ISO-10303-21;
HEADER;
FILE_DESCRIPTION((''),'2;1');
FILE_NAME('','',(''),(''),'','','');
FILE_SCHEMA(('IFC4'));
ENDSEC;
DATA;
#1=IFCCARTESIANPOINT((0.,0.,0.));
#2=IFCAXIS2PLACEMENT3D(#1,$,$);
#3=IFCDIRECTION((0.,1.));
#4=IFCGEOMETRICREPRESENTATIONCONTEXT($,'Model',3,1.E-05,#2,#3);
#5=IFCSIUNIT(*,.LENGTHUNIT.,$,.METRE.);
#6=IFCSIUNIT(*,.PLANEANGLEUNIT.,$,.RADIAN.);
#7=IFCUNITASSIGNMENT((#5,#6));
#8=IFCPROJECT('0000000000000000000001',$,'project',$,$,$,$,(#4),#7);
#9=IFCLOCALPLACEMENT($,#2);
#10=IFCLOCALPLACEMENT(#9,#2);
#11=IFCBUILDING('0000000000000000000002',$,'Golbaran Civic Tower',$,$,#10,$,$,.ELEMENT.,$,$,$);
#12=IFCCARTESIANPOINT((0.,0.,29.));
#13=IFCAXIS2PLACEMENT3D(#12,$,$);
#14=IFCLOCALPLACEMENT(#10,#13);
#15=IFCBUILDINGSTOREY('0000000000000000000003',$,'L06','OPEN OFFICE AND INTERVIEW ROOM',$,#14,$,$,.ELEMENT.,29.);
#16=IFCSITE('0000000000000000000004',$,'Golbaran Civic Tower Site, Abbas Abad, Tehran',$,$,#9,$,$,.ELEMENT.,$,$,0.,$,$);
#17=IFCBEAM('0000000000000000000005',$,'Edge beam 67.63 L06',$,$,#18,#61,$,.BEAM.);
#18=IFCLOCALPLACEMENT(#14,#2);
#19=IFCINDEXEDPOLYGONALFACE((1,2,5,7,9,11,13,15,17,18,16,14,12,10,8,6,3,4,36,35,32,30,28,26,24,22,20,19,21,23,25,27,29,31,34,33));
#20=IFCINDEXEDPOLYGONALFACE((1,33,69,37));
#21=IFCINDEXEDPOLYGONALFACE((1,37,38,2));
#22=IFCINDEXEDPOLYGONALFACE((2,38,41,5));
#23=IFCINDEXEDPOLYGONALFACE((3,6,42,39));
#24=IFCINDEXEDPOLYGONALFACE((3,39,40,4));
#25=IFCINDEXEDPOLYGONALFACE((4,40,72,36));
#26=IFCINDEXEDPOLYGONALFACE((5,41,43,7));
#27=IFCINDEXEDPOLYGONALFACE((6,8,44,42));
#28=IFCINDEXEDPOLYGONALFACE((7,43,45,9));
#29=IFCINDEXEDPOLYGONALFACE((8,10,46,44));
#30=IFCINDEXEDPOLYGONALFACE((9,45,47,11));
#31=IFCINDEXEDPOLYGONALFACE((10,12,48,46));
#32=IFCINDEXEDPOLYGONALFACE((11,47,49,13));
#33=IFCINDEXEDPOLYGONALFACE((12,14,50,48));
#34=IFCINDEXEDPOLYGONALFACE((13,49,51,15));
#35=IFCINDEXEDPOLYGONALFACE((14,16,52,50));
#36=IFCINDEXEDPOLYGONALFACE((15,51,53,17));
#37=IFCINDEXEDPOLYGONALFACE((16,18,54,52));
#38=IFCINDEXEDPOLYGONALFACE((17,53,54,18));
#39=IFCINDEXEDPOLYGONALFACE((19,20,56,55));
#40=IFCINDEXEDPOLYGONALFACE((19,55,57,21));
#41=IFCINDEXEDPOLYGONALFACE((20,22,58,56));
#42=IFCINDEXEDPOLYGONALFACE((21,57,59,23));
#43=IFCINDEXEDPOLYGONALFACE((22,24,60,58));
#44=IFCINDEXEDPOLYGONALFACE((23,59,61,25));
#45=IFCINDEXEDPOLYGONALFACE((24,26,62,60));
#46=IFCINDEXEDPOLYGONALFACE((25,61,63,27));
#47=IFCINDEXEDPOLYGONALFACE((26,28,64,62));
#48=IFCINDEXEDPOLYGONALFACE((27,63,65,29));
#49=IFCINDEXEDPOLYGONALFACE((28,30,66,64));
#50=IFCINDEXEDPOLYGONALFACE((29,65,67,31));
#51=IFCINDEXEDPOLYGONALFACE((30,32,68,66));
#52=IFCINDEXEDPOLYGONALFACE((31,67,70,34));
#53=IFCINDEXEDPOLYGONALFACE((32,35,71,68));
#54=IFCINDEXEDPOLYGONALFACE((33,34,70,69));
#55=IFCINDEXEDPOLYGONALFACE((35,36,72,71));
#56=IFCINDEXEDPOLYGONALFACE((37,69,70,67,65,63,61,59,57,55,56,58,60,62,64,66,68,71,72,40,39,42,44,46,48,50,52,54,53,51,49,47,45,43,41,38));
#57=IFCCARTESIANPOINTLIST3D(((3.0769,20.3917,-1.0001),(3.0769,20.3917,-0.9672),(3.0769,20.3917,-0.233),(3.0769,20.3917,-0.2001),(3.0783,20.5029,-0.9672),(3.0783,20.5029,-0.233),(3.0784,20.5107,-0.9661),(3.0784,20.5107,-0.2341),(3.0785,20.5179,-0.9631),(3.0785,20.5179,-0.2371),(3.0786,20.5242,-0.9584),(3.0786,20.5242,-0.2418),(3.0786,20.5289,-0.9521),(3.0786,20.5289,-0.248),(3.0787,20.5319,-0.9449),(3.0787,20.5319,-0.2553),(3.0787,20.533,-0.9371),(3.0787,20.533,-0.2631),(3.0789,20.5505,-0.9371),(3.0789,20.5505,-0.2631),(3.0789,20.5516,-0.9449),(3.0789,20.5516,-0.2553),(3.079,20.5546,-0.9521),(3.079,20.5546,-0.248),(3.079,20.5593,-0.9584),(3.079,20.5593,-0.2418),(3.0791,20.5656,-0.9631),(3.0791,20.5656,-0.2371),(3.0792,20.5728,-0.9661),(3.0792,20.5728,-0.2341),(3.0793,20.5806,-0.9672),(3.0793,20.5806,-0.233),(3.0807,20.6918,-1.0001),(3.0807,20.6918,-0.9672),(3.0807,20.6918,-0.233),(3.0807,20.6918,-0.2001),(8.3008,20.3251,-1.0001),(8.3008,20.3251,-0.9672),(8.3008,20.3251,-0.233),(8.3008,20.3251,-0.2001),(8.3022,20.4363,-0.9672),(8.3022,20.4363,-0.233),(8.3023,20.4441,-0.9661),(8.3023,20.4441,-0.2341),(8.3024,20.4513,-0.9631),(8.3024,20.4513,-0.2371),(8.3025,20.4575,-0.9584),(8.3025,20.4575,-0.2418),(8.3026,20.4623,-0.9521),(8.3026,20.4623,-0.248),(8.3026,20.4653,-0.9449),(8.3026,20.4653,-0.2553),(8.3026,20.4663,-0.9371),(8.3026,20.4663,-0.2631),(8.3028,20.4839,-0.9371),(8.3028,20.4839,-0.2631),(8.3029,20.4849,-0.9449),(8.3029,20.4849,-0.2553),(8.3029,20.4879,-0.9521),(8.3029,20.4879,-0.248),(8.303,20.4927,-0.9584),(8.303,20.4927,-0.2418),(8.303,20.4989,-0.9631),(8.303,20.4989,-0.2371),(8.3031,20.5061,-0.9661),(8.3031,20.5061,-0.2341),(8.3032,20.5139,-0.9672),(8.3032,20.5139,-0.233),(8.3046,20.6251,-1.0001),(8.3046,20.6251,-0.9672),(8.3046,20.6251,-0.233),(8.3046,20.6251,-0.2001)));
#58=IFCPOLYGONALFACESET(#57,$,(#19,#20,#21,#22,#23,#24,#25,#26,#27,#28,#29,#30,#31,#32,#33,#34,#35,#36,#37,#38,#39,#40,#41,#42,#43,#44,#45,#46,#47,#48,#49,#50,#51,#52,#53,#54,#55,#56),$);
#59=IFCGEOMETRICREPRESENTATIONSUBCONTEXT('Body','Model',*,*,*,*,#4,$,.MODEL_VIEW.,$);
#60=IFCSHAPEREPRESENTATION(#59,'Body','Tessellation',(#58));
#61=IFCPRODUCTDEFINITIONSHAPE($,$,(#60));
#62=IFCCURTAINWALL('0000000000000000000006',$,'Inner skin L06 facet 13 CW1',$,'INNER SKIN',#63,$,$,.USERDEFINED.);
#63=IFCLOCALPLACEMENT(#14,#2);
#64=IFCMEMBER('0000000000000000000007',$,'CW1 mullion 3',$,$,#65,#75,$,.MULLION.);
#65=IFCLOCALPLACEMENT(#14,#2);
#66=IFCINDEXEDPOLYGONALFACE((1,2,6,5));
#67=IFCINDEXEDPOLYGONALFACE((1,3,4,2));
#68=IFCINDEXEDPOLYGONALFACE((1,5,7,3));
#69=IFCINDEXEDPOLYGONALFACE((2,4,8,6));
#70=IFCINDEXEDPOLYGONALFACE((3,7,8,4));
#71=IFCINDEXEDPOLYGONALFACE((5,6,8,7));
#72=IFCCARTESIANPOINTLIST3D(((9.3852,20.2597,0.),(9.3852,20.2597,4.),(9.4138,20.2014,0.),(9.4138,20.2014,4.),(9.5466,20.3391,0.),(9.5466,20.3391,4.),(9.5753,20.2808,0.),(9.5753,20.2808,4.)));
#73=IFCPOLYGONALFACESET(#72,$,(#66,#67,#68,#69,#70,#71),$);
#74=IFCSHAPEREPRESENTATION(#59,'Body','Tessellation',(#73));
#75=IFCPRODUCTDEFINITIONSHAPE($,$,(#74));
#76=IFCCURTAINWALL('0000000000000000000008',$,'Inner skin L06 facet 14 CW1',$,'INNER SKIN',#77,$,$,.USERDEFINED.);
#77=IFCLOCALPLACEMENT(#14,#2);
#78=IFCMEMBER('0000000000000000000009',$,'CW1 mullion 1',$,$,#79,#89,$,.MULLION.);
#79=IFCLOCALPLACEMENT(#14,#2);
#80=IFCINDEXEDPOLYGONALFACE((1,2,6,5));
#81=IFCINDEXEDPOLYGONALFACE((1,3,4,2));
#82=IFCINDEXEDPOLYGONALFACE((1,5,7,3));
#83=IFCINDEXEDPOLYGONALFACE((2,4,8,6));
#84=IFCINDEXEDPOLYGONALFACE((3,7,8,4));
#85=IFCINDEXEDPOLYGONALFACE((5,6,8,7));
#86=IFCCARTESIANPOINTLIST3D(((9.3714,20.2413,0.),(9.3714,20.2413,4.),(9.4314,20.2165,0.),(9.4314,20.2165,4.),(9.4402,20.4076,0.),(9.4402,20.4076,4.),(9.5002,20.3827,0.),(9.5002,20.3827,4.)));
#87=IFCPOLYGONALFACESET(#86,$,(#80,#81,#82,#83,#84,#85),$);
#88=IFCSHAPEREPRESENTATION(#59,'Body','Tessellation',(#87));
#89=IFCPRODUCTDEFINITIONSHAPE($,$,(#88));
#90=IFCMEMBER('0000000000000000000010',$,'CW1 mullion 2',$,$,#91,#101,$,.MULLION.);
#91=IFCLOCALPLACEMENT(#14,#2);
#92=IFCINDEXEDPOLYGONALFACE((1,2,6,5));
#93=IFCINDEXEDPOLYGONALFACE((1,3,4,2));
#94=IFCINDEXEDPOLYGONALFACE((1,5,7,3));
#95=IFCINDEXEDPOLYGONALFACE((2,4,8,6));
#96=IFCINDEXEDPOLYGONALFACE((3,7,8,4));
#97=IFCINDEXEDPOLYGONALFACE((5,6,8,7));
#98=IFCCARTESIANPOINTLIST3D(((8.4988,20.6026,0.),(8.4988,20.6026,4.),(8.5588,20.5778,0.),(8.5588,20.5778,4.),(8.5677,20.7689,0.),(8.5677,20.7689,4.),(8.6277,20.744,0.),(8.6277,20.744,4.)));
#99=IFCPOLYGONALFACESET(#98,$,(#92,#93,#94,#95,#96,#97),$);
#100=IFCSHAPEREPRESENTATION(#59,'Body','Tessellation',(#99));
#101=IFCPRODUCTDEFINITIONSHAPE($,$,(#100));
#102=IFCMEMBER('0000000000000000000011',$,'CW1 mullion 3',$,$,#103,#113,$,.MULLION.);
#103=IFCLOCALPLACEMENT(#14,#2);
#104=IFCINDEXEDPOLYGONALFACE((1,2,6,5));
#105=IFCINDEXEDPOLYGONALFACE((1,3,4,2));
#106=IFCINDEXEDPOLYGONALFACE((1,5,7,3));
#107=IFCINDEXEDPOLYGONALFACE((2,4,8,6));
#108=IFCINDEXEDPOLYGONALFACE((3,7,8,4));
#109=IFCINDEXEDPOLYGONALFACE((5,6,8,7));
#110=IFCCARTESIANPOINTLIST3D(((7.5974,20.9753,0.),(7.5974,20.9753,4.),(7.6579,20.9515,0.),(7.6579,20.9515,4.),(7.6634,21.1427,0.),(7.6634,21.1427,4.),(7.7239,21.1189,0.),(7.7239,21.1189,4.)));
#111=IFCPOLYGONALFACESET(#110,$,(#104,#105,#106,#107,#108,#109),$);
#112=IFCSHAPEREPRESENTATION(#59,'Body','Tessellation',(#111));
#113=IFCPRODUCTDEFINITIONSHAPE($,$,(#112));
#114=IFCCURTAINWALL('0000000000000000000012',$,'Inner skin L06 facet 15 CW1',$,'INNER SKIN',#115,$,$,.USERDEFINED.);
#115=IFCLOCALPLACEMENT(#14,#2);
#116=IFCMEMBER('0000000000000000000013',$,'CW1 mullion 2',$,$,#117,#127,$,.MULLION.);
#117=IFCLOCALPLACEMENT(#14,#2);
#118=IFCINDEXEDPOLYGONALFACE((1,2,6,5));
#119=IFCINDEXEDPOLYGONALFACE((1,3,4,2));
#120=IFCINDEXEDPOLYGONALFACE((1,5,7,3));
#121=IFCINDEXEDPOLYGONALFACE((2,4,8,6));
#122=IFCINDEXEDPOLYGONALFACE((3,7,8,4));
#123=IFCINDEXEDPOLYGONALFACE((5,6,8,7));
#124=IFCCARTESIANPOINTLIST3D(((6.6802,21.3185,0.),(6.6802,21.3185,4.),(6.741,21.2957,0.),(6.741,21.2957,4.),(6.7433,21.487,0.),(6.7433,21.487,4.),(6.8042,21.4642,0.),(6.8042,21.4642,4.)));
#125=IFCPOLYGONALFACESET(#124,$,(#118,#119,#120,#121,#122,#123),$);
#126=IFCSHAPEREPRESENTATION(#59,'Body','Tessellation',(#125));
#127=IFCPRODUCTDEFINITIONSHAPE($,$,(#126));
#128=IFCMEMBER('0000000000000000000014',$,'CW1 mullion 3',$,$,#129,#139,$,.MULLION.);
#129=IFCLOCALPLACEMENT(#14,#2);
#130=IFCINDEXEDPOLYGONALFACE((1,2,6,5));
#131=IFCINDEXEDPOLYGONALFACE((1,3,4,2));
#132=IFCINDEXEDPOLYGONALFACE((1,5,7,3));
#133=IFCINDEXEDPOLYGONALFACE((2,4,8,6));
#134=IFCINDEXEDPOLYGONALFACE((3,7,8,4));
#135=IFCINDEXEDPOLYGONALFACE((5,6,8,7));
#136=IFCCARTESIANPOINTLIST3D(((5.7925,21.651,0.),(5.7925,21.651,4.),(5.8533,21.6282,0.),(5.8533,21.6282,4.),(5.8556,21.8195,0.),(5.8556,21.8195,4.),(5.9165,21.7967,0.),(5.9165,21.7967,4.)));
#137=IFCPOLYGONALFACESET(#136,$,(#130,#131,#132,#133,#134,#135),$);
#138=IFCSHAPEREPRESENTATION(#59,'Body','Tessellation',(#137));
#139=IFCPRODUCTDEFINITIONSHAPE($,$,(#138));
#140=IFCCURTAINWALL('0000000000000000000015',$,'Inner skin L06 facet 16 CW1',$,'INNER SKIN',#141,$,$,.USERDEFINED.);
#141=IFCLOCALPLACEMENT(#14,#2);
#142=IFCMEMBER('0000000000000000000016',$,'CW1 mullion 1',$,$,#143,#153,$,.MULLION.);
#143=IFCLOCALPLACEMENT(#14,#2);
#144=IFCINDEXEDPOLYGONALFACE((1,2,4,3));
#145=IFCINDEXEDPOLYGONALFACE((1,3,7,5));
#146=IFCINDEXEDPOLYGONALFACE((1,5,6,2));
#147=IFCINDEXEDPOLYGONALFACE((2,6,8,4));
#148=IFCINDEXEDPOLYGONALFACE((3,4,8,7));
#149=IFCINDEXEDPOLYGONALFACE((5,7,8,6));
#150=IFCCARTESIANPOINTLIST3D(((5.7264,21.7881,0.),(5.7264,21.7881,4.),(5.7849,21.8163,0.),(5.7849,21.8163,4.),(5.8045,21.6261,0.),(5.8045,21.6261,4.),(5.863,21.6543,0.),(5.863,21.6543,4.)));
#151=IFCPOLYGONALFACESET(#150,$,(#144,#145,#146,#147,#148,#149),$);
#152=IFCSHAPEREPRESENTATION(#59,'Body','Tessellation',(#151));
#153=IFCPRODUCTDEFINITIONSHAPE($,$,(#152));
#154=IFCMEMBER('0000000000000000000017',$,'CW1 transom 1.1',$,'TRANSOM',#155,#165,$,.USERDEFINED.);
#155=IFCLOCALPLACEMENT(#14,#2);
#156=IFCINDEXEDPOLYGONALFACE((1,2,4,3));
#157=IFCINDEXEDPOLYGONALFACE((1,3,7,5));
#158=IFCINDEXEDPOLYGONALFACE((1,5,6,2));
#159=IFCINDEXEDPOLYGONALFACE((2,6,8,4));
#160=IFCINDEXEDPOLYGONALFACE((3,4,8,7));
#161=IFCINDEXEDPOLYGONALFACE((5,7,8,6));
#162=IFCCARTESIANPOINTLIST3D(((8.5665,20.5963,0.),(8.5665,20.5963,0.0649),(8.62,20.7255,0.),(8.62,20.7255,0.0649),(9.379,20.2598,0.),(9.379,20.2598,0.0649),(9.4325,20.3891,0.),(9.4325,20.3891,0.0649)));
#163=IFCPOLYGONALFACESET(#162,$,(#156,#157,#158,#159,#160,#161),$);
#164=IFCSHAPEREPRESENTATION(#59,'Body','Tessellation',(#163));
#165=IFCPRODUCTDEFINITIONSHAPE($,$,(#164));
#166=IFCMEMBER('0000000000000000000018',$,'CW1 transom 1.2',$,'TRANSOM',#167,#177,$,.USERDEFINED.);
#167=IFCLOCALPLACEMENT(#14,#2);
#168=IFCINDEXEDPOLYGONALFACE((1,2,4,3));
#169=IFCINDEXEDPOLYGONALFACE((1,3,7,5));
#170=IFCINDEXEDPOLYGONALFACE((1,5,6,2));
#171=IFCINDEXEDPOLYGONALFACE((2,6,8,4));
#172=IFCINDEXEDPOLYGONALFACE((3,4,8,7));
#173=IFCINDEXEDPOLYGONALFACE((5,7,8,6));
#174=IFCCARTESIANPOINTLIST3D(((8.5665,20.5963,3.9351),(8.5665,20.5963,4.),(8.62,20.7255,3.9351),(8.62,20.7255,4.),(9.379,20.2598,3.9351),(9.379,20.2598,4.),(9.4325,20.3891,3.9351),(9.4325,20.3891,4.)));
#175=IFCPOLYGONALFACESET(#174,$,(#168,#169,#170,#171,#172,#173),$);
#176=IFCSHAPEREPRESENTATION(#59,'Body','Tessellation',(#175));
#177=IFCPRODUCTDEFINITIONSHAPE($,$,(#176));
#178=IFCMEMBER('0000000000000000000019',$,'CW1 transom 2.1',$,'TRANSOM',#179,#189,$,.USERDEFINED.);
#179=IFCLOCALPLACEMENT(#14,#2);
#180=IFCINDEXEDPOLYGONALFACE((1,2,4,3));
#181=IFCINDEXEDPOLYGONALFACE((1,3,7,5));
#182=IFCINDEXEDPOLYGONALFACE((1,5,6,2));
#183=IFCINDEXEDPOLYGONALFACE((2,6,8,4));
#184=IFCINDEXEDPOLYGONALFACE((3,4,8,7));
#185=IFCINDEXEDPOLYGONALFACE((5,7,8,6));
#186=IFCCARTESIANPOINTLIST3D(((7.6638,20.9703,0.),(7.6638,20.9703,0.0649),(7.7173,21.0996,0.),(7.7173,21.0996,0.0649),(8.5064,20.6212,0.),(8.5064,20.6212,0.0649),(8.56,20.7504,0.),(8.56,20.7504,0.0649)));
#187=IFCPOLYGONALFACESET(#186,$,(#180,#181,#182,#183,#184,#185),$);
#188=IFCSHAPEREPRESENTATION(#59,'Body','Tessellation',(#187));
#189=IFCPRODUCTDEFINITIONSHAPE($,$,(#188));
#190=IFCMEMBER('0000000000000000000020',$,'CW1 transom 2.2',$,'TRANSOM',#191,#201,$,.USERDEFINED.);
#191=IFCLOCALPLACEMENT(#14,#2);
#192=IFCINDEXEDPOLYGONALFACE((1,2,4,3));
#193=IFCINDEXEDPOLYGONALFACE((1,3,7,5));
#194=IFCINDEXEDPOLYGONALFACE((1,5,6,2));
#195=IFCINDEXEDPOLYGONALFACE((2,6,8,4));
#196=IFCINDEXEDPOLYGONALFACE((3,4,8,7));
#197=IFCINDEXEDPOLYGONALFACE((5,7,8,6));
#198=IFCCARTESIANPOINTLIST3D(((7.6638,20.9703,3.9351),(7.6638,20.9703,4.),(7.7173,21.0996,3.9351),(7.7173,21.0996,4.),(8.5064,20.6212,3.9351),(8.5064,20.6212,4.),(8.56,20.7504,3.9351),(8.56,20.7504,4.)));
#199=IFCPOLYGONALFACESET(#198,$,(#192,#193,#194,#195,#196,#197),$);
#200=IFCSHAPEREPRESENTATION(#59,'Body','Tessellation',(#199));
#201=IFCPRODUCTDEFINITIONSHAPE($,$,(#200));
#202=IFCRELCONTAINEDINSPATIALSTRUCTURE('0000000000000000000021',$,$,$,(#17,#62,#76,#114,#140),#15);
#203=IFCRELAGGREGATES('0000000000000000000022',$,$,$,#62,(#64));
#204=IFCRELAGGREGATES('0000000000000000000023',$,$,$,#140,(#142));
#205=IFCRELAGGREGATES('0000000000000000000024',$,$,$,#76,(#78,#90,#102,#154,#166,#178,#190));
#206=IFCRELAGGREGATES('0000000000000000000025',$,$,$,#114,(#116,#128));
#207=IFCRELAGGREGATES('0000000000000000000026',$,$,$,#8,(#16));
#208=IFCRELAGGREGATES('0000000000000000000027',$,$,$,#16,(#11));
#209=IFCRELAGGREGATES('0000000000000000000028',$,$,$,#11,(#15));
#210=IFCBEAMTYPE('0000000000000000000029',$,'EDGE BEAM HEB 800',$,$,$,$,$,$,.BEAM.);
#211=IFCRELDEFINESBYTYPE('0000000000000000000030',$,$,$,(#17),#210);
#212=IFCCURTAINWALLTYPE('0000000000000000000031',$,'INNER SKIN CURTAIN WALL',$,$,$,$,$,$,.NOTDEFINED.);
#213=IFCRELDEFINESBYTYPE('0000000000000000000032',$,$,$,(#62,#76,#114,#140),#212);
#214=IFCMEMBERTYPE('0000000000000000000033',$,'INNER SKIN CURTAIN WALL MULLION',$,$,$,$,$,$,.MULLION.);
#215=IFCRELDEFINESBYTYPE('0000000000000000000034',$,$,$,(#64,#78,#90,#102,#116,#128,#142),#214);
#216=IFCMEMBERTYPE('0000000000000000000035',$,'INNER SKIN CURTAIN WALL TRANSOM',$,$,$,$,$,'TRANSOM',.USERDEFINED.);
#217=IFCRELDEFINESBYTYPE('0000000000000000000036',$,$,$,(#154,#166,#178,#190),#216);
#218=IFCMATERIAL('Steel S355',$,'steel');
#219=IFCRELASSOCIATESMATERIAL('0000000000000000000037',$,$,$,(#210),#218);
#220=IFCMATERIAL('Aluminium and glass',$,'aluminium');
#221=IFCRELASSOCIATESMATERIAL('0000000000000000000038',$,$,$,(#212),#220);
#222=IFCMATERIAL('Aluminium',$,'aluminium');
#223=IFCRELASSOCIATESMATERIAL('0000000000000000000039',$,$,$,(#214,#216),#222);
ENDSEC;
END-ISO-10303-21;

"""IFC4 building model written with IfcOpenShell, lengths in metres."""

from ifc_helpers import new_model, si_unit, direction, frame, origin, origin_2d, place, context, subcontext, project, spatial, rectangle, i_section, extrude, material, material_profile, profile_set, type_object, element, aggregate, save


model = new_model("IFC4")

# Units and contexts
model_context = context("Model", 3, precision=1e-05, world=origin(), true_north=direction((0.0, 1.0)))
body_context = subcontext(model_context, "Body", "Model", "MODEL_VIEW")
ifc_project = project(units=[si_unit("LENGTHUNIT", "METRE"), si_unit("PLANEANGLEUNIT", "RADIAN")], contexts=[model_context])

# Site, building, storey
site_placement = place(None, origin())
site = spatial("IfcSite", under=ifc_project, at=site_placement, Name="Golbaran Civic Tower Site, Abbas Abad, Tehran", CompositionType="ELEMENT", RefElevation=0.0)
building_placement = place(site_placement, origin())
building = spatial("IfcBuilding", under=site, at=building_placement, Name="Golbaran Civic Tower", CompositionType="ELEMENT")
storey_placement = place(building_placement, frame((0.0, 0.0, 29.0)))
storey = spatial("IfcBuildingStorey", under=building, at=storey_placement, Name="L06", Description="OPEN OFFICE AND INTERVIEW ROOM", CompositionType="ELEMENT", Elevation=29.0)

# Beam
ifc_material_1 = material(Name="Steel S355", Category="steel")
ifc_material_profile_1 = material_profile(ifc_material_1, i_section(OverallWidth=0.3, OverallDepth=0.8, WebThickness=0.0176, FlangeThickness=0.033, FilletRadius=0.03, at=origin_2d()), Name="HEB 800")
ifc_profile_set_1 = profile_set([ifc_material_profile_1], Name="Steel S355")
beam_type = type_object("IfcBeamType", Name="EDGE BEAM HEB 800", PredefinedType="BEAM", material=ifc_profile_set_1)
beam_placement = place(storey_placement, frame((8.3027, 20.4751, -0.6001), z_axis=(-0.999919, 0.012758, 0.0), x_axis=(-0.012758, -0.999919, 0.0)))
element("IfcBeam", 1, at=beam_placement, inside=storey, type_object=beam_type, Name="Edge beam 67.63 L06", PredefinedType="BEAM", context=body_context, shape_type="SweptSolid", body=[
    extrude(i_section(OverallWidth=0.3, OverallDepth=0.8, WebThickness=0.0176, FlangeThickness=0.033, FilletRadius=0.03, at=origin_2d()), origin(), (0.0, 0.0, 1.0), 5.2244),
])

# Curtain wall, member
ifc_material_2 = material(Name="Aluminium and glass", Category="aluminium")
curtain_wall_type = type_object("IfcCurtainWallType", Name="INNER SKIN CURTAIN WALL", PredefinedType="NOTDEFINED", material=ifc_material_2)
curtain_wall_1_placement = place(storey_placement, origin())
curtain_wall_1 = element("IfcCurtainWall", 2, at=curtain_wall_1_placement, inside=storey, type_object=curtain_wall_type, Name="Inner skin L06 facet 13 CW1", ObjectType="INNER SKIN", PredefinedType="USERDEFINED")
ifc_material_3 = material(Name="Aluminium", Category="aluminium")
ifc_material_profile_2 = material_profile(ifc_material_3, rectangle(XDim=0.1799, YDim=0.0649, at=origin_2d()), Name="INNER SKIN CURTAIN WALL MULLION")
ifc_profile_set_2 = profile_set([ifc_material_profile_2], Name="Aluminium")
member_type_1 = type_object("IfcMemberType", Name="INNER SKIN CURTAIN WALL MULLION", PredefinedType="MULLION", material=ifc_profile_set_2)
member_1_placement = place(storey_placement, frame((9.4802, 20.2703, 0.0), z_axis=(0.0, 0.0, 1.0), x_axis=(-0.897405, -0.441207, 0.0)))
member_1 = element("IfcMember", 3, at=member_1_placement, type_object=member_type_1, Name="CW1 mullion 3", PredefinedType="MULLION", context=body_context, shape_type="SweptSolid", body=[
    extrude(rectangle(XDim=0.1799, YDim=0.0649, at=origin_2d()), origin(), (0.0, 0.0, 1.0), 4.0),
])

# Curtain walls, members
curtain_wall_2_placement = place(storey_placement, origin())
curtain_wall_2 = element("IfcCurtainWall", 4, at=curtain_wall_2_placement, inside=storey, type_object=curtain_wall_type, Name="Inner skin L06 facet 14 CW1", ObjectType="INNER SKIN", PredefinedType="USERDEFINED")
member_2_placement = place(storey_placement, frame((9.4358, 20.312, 0.0), z_axis=(0.0, 0.0, 1.0), x_axis=(-0.382683, -0.92388, 0.0)))
member_2 = element("IfcMember", 5, at=member_2_placement, type_object=member_type_1, Name="CW1 mullion 1", PredefinedType="MULLION", context=body_context, shape_type="SweptSolid", body=[
    extrude(rectangle(XDim=0.1799, YDim=0.0649, at=origin_2d()), origin(), (0.0, 0.0, 1.0), 4.0),
])
member_3_placement = place(storey_placement, frame((8.5632, 20.6733, 0.0), z_axis=(0.0, 0.0, 1.0), x_axis=(-0.382683, -0.92388, 0.0)))
member_3 = element("IfcMember", 6, at=member_3_placement, type_object=member_type_1, Name="CW1 mullion 2", PredefinedType="MULLION", context=body_context, shape_type="SweptSolid", body=[
    extrude(rectangle(XDim=0.1799, YDim=0.0649, at=origin_2d()), origin(), (0.0, 0.0, 1.0), 4.0),
])
member_4_placement = place(storey_placement, frame((7.6606, 21.0471, 0.0), z_axis=(0.0, 0.0, 1.0), x_axis=(-0.3668, -0.9303, 0.0)))
member_4 = element("IfcMember", 7, at=member_4_placement, type_object=member_type_1, Name="CW1 mullion 3", PredefinedType="MULLION", context=body_context, shape_type="SweptSolid", body=[
    extrude(rectangle(XDim=0.1799, YDim=0.0649, at=origin_2d()), origin(), (0.0, 0.0, 1.0), 4.0),
])
curtain_wall_3_placement = place(storey_placement, origin())
curtain_wall_3 = element("IfcCurtainWall", 8, at=curtain_wall_3_placement, inside=storey, type_object=curtain_wall_type, Name="Inner skin L06 facet 15 CW1", ObjectType="INNER SKIN", PredefinedType="USERDEFINED")
member_5_placement = place(storey_placement, frame((6.7422, 21.3914, 0.0), z_axis=(0.0, 0.0, 1.0), x_axis=(-0.350808, -0.936447, 0.0)))
member_5 = element("IfcMember", 9, at=member_5_placement, type_object=member_type_1, Name="CW1 mullion 2", PredefinedType="MULLION", context=body_context, shape_type="SweptSolid", body=[
    extrude(rectangle(XDim=0.1799, YDim=0.0649, at=origin_2d()), origin(), (0.0, 0.0, 1.0), 4.0),
])
member_6_placement = place(storey_placement, frame((5.8545, 21.7239, 0.0), z_axis=(0.0, 0.0, 1.0), x_axis=(-0.350808, -0.936447, 0.0)))
member_6 = element("IfcMember", 10, at=member_6_placement, type_object=member_type_1, Name="CW1 mullion 3", PredefinedType="MULLION", context=body_context, shape_type="SweptSolid", body=[
    extrude(rectangle(XDim=0.1799, YDim=0.0649, at=origin_2d()), origin(), (0.0, 0.0, 1.0), 4.0),
])

# Curtain wall, member
curtain_wall_4_placement = place(storey_placement, origin())
curtain_wall_4 = element("IfcCurtainWall", 11, at=curtain_wall_4_placement, inside=storey, type_object=curtain_wall_type, Name="Inner skin L06 facet 16 CW1", ObjectType="INNER SKIN", PredefinedType="USERDEFINED")
member_7_placement = place(storey_placement, frame((5.7947, 21.7212, 0.0), z_axis=(0.0, 0.0, 1.0), x_axis=(0.434302, -0.900767, 0.0)))
member_7 = element("IfcMember", 12, at=member_7_placement, type_object=member_type_1, Name="CW1 mullion 1", PredefinedType="MULLION", context=body_context, shape_type="SweptSolid", body=[
    extrude(rectangle(XDim=0.1799, YDim=0.0649, at=origin_2d()), origin(), (0.0, 0.0, 1.0), 4.0),
])

# Members
ifc_material_profile_3 = material_profile(ifc_material_3, rectangle(XDim=0.1399, YDim=0.0649, at=origin_2d()), Name="INNER SKIN CURTAIN WALL TRANSOM")
ifc_profile_set_3 = profile_set([ifc_material_profile_3], Name="Aluminium")
member_type_2 = type_object("IfcMemberType", Name="INNER SKIN CURTAIN WALL TRANSOM", ElementType="TRANSOM", PredefinedType="USERDEFINED", material=ifc_profile_set_3)
member_8_placement = place(storey_placement, frame((9.4058, 20.3245, 0.0325), z_axis=(-0.923929, 0.382564, 0.0), x_axis=(-0.382564, -0.923929, 0.0)))
member_8 = element("IfcMember", 13, at=member_8_placement, type_object=member_type_2, Name="CW1 transom 1.1", ObjectType="TRANSOM", PredefinedType="USERDEFINED", context=body_context, shape_type="SweptSolid", body=[
    extrude(rectangle(XDim=0.1399, YDim=0.0649, at=origin_2d()), origin(), (0.0, 0.0, 1.0), 0.8794),
])
member_9_placement = place(storey_placement, frame((9.4058, 20.3245, 3.9675), z_axis=(-0.923929, 0.382564, 0.0), x_axis=(-0.382564, -0.923929, 0.0)))
member_9 = element("IfcMember", 14, at=member_9_placement, type_object=member_type_2, Name="CW1 transom 1.2", ObjectType="TRANSOM", PredefinedType="USERDEFINED", context=body_context, shape_type="SweptSolid", body=[
    extrude(rectangle(XDim=0.1399, YDim=0.0649, at=origin_2d()), origin(), (0.0, 0.0, 1.0), 0.8794),
])
member_10_placement = place(storey_placement, frame((8.5332, 20.6858, 0.0325), z_axis=(-0.923828, 0.382809, 0.0), x_axis=(-0.382809, -0.923828, 0.0)))
member_10 = element("IfcMember", 15, at=member_10_placement, type_object=member_type_2, Name="CW1 transom 2.1", ObjectType="TRANSOM", PredefinedType="USERDEFINED", context=body_context, shape_type="SweptSolid", body=[
    extrude(rectangle(XDim=0.1399, YDim=0.0649, at=origin_2d()), origin(), (0.0, 0.0, 1.0), 0.9121),
])
member_11_placement = place(storey_placement, frame((8.5332, 20.6858, 3.9675), z_axis=(-0.923828, 0.382809, 0.0), x_axis=(-0.382809, -0.923828, 0.0)))
member_11 = element("IfcMember", 16, at=member_11_placement, type_object=member_type_2, Name="CW1 transom 2.2", ObjectType="TRANSOM", PredefinedType="USERDEFINED", context=body_context, shape_type="SweptSolid", body=[
    extrude(rectangle(XDim=0.1399, YDim=0.0649, at=origin_2d()), origin(), (0.0, 0.0, 1.0), 0.9121),
])

aggregate(curtain_wall_1, [member_1])
aggregate(curtain_wall_4, [member_7])
aggregate(curtain_wall_2, [member_2, member_3, member_4, member_8, member_9, member_10, member_11])
aggregate(curtain_wall_3, [member_5, member_6])

save(model, "model.ifc")
